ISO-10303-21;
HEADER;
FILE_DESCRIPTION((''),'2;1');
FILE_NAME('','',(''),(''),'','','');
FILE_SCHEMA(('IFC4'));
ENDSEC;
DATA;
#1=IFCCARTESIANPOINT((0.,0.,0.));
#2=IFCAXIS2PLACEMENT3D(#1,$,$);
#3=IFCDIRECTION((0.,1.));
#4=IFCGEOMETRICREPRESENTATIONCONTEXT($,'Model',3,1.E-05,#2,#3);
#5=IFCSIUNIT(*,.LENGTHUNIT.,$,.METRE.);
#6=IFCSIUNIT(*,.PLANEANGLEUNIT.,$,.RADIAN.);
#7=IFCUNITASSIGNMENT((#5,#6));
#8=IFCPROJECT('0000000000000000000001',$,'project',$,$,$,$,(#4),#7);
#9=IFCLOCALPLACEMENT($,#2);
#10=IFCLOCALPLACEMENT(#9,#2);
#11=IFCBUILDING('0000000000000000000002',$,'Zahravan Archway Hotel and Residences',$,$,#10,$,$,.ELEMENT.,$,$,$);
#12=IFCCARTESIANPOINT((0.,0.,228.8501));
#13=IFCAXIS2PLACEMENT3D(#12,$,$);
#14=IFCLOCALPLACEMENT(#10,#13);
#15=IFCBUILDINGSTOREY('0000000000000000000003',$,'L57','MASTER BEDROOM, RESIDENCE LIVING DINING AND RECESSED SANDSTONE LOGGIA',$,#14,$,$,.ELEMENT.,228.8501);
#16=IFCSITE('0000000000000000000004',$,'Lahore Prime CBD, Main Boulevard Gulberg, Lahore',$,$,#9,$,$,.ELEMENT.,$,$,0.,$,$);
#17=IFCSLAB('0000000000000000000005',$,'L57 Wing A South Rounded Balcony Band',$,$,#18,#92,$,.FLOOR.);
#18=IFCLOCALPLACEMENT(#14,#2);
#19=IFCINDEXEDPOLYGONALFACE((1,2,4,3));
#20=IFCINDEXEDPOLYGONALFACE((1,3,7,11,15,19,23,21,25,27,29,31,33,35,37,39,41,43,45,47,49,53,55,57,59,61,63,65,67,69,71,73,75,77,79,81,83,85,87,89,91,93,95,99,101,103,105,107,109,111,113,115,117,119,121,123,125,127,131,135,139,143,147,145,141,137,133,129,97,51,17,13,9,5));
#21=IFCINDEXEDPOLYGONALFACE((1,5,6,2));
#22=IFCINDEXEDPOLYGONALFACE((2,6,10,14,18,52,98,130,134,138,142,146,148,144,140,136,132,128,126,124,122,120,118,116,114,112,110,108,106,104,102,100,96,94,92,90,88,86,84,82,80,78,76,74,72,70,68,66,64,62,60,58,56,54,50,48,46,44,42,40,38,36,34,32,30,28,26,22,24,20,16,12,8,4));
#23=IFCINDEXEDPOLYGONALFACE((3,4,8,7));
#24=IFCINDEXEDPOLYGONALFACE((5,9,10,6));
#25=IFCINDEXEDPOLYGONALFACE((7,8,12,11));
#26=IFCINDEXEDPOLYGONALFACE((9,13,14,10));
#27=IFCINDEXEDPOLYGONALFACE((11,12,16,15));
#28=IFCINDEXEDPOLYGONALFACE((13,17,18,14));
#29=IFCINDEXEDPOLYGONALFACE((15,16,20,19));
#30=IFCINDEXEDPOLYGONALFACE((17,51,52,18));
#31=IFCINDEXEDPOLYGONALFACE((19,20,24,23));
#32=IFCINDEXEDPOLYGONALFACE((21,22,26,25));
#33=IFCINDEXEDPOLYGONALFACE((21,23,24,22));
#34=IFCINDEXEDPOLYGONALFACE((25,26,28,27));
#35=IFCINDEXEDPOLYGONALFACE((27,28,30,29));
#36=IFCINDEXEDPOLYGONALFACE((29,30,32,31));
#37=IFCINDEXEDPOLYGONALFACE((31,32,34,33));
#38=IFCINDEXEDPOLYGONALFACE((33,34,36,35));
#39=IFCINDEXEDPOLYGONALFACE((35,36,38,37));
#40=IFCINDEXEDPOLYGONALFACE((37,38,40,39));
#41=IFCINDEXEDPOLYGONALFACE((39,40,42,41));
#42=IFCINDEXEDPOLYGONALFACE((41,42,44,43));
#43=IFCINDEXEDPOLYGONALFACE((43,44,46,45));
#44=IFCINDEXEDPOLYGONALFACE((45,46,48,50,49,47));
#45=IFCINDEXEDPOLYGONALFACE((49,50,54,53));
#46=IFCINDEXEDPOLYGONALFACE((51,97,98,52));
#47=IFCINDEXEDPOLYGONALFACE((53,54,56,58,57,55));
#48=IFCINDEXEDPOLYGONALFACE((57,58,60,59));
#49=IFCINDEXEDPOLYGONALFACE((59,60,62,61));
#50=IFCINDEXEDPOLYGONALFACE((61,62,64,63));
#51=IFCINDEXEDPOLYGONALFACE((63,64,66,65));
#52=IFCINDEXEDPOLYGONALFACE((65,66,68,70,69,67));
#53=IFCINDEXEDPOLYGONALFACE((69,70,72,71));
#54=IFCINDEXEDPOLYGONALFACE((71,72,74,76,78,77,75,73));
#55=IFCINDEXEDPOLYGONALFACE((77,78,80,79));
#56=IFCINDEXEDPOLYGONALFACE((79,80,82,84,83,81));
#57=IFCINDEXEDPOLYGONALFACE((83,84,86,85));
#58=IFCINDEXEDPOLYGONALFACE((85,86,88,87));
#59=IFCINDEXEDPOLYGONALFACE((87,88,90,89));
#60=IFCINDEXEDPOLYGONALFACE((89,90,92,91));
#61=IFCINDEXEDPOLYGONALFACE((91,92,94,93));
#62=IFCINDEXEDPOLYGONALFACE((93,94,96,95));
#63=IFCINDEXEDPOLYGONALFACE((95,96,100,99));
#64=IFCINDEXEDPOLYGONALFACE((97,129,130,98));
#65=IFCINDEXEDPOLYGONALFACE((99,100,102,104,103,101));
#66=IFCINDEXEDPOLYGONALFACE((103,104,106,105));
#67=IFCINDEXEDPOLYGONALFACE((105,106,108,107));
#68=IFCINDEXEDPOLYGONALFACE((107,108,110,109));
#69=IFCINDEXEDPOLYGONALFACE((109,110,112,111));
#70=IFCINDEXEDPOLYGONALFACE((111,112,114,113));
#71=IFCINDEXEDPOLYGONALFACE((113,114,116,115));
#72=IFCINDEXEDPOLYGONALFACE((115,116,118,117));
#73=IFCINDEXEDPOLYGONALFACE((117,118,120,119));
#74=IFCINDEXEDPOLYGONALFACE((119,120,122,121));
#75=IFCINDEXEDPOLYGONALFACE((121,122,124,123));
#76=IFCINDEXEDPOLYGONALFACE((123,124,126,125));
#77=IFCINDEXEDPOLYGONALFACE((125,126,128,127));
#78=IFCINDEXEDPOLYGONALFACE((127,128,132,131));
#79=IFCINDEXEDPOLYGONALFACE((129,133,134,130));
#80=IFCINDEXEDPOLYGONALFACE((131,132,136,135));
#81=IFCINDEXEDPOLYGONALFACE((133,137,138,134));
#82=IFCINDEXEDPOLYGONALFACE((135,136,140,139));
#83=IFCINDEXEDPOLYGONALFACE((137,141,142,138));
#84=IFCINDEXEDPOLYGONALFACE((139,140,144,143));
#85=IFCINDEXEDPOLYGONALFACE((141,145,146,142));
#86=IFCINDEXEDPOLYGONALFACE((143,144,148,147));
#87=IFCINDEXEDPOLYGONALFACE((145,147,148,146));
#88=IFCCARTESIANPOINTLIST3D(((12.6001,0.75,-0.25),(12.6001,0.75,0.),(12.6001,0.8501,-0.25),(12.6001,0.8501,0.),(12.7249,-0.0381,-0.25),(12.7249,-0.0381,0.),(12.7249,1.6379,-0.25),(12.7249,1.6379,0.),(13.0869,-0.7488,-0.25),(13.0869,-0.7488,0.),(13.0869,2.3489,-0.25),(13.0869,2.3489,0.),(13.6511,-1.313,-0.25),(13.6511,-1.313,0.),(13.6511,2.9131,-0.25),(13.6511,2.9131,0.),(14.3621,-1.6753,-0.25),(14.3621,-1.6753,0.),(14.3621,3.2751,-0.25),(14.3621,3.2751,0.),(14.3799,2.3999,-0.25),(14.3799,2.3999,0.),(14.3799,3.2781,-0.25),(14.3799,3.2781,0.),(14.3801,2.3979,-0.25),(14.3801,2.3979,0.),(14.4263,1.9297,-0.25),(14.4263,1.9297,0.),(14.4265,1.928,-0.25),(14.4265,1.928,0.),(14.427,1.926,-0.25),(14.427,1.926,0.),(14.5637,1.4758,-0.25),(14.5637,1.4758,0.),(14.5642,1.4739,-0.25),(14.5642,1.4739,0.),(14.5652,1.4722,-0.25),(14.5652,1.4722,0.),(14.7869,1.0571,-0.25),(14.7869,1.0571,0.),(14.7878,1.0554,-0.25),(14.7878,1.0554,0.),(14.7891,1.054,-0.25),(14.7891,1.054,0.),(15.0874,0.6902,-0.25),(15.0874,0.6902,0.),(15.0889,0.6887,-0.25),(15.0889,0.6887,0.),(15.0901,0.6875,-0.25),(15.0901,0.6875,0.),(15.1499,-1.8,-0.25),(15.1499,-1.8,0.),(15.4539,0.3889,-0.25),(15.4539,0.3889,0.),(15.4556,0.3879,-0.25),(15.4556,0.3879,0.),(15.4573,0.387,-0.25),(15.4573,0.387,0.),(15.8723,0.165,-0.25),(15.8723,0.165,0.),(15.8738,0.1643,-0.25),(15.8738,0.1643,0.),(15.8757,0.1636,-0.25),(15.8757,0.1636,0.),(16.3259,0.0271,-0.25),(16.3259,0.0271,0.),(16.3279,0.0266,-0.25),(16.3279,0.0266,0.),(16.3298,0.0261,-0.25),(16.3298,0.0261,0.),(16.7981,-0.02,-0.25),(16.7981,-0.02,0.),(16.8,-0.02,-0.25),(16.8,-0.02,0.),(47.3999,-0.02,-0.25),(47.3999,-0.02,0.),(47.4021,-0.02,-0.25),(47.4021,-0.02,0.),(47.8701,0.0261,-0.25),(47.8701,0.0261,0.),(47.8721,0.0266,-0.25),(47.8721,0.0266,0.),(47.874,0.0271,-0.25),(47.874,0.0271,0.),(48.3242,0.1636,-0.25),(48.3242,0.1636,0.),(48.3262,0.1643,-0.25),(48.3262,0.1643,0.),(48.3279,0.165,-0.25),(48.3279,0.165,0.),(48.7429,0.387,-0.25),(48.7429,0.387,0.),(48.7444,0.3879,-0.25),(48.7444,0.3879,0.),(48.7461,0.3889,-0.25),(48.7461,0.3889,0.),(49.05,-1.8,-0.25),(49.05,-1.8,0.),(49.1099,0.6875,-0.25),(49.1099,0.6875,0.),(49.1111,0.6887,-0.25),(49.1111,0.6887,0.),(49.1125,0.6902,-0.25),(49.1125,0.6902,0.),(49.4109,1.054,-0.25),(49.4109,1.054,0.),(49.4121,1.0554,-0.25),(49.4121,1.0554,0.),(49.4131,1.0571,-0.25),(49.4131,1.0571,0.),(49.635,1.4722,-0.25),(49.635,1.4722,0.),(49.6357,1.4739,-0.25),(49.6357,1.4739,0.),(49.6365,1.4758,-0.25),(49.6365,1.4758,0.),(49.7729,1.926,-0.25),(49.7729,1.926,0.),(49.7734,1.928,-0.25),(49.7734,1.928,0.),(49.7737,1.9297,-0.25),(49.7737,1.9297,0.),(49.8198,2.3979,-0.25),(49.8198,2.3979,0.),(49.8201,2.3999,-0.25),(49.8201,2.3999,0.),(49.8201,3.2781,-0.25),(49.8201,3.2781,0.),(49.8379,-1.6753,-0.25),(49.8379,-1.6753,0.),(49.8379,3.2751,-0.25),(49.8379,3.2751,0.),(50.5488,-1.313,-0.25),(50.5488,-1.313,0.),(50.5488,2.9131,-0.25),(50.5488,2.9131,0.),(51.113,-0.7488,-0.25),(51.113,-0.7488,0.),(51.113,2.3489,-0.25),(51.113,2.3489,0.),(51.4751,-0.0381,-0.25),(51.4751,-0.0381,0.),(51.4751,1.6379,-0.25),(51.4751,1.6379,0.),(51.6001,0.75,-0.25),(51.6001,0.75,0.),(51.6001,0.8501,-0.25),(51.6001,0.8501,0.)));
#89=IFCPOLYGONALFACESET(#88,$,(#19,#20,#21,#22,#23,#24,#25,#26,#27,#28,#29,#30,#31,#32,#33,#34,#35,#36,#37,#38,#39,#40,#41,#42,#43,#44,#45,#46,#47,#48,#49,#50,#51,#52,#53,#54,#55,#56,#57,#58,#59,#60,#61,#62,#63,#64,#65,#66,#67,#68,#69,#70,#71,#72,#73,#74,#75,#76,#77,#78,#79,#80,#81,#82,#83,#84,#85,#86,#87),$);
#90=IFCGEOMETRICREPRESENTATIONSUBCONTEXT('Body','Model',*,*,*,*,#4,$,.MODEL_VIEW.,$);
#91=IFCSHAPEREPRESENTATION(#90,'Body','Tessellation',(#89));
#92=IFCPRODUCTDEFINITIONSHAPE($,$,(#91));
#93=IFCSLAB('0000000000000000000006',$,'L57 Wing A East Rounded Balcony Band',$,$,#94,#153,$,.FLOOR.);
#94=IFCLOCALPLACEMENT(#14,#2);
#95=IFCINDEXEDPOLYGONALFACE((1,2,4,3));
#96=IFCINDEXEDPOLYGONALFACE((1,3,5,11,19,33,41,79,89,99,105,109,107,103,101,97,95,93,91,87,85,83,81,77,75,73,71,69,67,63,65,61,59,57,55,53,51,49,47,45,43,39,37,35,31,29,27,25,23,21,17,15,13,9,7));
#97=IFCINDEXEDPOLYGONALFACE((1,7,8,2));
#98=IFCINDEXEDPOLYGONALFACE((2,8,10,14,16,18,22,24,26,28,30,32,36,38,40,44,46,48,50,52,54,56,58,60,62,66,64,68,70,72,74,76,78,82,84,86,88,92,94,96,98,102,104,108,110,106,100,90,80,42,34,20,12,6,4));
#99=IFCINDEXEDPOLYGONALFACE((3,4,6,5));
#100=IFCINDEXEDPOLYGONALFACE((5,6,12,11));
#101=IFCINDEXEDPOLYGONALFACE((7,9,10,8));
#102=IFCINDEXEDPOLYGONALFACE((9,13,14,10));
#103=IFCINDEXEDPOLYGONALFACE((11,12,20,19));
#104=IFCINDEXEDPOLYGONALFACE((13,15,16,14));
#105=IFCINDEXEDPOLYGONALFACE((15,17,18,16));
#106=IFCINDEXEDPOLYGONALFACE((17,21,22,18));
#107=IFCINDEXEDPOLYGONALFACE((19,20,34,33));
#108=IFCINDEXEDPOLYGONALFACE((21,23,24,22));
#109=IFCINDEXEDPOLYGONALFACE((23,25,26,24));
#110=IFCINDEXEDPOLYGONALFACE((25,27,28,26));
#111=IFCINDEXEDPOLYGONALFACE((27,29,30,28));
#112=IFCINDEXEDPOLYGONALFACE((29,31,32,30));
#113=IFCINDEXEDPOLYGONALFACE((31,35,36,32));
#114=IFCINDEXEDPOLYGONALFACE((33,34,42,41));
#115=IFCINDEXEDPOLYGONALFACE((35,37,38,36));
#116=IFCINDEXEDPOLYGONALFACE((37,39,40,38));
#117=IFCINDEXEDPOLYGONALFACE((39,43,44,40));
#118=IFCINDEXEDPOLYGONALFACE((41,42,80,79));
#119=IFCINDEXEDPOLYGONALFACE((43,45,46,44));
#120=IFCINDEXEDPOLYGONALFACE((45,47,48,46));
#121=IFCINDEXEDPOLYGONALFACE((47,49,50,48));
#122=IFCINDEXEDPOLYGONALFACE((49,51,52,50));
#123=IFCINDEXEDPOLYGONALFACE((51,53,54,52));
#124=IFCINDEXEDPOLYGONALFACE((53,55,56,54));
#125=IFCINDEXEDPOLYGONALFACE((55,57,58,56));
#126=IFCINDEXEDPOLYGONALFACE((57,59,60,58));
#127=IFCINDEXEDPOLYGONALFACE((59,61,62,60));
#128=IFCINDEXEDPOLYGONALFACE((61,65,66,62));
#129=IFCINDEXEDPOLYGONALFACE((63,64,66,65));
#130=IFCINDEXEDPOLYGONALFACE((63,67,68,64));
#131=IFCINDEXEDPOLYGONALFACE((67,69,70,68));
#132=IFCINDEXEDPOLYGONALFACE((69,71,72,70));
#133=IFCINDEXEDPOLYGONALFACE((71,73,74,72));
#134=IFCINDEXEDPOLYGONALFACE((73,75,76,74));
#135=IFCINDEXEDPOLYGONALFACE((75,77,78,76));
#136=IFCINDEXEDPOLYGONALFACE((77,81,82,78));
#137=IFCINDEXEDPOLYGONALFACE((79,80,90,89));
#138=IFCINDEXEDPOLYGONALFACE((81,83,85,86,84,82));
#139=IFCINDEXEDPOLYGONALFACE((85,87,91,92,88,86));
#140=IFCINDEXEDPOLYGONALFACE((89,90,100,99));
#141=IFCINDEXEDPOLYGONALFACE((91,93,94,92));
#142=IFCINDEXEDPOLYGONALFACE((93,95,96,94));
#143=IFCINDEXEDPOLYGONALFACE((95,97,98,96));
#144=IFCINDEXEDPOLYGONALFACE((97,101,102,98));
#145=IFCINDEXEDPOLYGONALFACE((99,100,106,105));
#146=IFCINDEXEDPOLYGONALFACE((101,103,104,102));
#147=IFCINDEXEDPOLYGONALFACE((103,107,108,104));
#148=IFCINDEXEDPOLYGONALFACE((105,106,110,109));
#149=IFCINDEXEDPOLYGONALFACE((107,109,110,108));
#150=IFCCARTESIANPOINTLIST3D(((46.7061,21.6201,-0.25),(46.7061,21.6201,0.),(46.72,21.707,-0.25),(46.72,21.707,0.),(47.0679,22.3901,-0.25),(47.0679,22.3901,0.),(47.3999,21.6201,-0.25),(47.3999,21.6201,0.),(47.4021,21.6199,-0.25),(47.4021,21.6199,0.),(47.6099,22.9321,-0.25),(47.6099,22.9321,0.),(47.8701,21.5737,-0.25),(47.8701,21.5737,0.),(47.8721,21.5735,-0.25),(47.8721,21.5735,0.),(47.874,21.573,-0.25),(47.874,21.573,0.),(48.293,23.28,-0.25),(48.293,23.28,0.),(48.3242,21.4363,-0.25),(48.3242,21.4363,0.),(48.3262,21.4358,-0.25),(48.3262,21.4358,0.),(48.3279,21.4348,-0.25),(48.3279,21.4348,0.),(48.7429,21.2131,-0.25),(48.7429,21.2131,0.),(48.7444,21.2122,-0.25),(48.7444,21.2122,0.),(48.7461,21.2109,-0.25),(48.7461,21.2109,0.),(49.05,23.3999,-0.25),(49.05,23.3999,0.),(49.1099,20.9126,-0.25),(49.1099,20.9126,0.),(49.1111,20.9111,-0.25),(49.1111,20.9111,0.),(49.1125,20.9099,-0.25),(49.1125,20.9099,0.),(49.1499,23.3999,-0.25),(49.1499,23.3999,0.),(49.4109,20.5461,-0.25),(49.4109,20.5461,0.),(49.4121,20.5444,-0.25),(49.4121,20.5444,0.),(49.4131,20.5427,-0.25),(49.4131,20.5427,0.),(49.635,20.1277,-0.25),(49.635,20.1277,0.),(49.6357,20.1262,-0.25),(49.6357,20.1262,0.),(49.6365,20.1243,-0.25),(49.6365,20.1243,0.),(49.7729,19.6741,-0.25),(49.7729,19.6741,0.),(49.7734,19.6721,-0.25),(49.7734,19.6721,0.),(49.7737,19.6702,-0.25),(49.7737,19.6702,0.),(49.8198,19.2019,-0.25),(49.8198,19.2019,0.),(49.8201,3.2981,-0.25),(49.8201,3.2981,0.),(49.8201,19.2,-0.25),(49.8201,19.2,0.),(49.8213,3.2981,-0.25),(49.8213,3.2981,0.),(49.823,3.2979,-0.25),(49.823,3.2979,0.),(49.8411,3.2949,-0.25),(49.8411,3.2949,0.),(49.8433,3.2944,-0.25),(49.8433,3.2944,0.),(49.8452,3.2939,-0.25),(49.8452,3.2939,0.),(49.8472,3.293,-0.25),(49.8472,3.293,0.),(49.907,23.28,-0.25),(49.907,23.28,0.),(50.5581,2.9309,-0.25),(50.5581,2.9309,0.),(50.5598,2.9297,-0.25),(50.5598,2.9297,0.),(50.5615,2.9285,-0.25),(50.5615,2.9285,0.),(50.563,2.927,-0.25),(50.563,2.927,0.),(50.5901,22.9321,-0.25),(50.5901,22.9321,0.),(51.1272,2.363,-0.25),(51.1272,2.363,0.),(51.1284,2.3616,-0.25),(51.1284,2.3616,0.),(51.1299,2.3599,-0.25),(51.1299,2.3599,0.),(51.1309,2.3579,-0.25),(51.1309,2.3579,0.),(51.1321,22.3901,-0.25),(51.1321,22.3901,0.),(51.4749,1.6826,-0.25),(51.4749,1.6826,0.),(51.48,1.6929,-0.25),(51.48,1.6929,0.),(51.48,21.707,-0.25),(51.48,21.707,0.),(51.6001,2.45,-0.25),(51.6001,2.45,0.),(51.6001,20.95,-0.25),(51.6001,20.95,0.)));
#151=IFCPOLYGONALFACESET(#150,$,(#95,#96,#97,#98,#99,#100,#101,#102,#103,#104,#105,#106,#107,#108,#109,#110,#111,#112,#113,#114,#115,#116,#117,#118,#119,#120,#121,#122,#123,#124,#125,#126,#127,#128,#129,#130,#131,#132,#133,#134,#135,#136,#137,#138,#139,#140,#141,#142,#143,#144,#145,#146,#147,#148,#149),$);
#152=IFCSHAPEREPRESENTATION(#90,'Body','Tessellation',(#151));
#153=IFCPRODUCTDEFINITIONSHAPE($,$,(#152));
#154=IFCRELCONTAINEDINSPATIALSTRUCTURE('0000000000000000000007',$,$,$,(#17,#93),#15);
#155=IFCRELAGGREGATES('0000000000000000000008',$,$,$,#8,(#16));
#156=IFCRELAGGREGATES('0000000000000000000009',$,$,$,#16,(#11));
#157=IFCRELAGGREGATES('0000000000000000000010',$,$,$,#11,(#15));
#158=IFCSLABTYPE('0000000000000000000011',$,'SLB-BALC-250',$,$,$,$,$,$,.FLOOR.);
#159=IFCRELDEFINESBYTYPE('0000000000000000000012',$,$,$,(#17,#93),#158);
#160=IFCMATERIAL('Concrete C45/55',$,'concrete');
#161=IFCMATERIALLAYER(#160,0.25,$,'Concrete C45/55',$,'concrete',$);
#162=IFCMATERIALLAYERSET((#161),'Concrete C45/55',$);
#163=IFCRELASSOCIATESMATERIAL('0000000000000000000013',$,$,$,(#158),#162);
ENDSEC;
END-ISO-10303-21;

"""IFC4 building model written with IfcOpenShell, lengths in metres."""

from ifc_helpers import new_model, si_unit, direction, frame, origin, place, context, subcontext, project, spatial, polyline, outline, extrude, material, layer, layer_set, type_object, element, save


model = new_model("IFC4")

# Units and contexts
model_context = context("Model", 3, precision=1e-05, world=origin(), true_north=direction((0.0, 1.0)))
body_context = subcontext(model_context, "Body", "Model", "MODEL_VIEW")
ifc_project = project(units=[si_unit("LENGTHUNIT", "METRE"), si_unit("PLANEANGLEUNIT", "RADIAN")], contexts=[model_context])

# Site, building, storey
site_placement = place(None, origin())
site = spatial("IfcSite", under=ifc_project, at=site_placement, Name="Lahore Prime CBD, Main Boulevard Gulberg, Lahore", CompositionType="ELEMENT", RefElevation=0.0)
building_placement = place(site_placement, origin())
building = spatial("IfcBuilding", under=site, at=building_placement, Name="Zahravan Archway Hotel and Residences", CompositionType="ELEMENT")
storey_placement = place(building_placement, frame((0.0, 0.0, 228.8501)))
storey = spatial("IfcBuildingStorey", under=building, at=storey_placement, Name="L57", Description="MASTER BEDROOM, RESIDENCE LIVING DINING AND RECESSED SANDSTONE LOGGIA", CompositionType="ELEMENT", Elevation=228.8501)

# Slabs
ifc_material_1 = material(Name="Concrete C45/55", Category="concrete")
ifc_layer_1 = layer(ifc_material_1, 0.25, Name="Concrete C45/55", Category="concrete")
ifc_layer_set_1 = layer_set([ifc_layer_1], Name="Concrete C45/55")
slab_type_1 = type_object("IfcSlabType", Name="SLB-BALC-250", PredefinedType="FLOOR", material=ifc_layer_set_1)
slab_1_placement = place(storey_placement, frame((0.0, 0.0, -0.25)))
element("IfcSlab", 1, at=slab_1_placement, inside=storey, type_object=slab_type_1, Name="L57 Wing A South Rounded Balcony Band", PredefinedType="FLOOR", context=body_context, shape_type="SweptSolid", body=[
    extrude(outline(polyline([(49.8379, 3.2751), (50.5488, 2.9131), (51.113, 2.3489), (51.4751, 1.6379), (51.6001, 0.8501), (51.6001, 0.75), (51.4751, -0.0381), (51.113, -0.7488), (50.5488, -1.313), (49.8379, -1.6753), (49.05, -1.8), (15.1499, -1.8), (14.3621, -1.6753), (13.6511, -1.313), (13.0869, -0.7488), (12.7249, -0.0381), (12.6001, 0.75), (12.6001, 0.8501), (12.7249, 1.6379), (13.0869, 2.3489), (13.6511, 2.9131), (14.3621, 3.2751), (14.3799, 3.2781), (14.3799, 2.3999), (14.3801, 2.3979), (14.4263, 1.9297), (14.4265, 1.928), (14.427, 1.926), (14.5637, 1.4758), (14.5642, 1.4739), (14.5652, 1.4722), (14.7869, 1.0571), (14.7878, 1.0554), (14.7891, 1.054), (15.0874, 0.6902), (15.0889, 0.6887), (15.0901, 0.6875), (15.4539, 0.3889), (15.4556, 0.3879), (15.4573, 0.387), (15.8723, 0.165), (15.8738, 0.1643), (15.8757, 0.1636), (16.3259, 0.0271), (16.3279, 0.0266), (16.3298, 0.0261), (16.7981, -0.02), (16.8, -0.02), (47.3999, -0.02), (47.4021, -0.02), (47.8701, 0.0261), (47.8721, 0.0266), (47.874, 0.0271), (48.3242, 0.1636), (48.3262, 0.1643), (48.3279, 0.165), (48.7429, 0.387), (48.7444, 0.3879), (48.7461, 0.3889), (49.1099, 0.6875), (49.1111, 0.6887), (49.1125, 0.6902), (49.4109, 1.054), (49.4121, 1.0554), (49.4131, 1.0571), (49.635, 1.4722), (49.6357, 1.4739), (49.6365, 1.4758), (49.7729, 1.926), (49.7734, 1.928), (49.7737, 1.9297), (49.8198, 2.3979), (49.8201, 2.3999), (49.8201, 3.2781), (49.8379, 3.2751)])), origin(), (0.0, 0.0, 1.0), 0.25),
])
slab_2_placement = place(storey_placement, frame((0.0, 0.0, -0.25)))
element("IfcSlab", 2, at=slab_2_placement, inside=storey, type_object=slab_type_1, Name="L57 Wing A East Rounded Balcony Band", PredefinedType="FLOOR", context=body_context, shape_type="SweptSolid", body=[
    extrude(outline(polyline([(46.72, 21.707), (47.0679, 22.3901), (47.6099, 22.9321), (48.293, 23.28), (49.05, 23.3999), (49.1499, 23.3999), (49.907, 23.28), (50.5901, 22.9321), (51.1321, 22.3901), (51.48, 21.707), (51.6001, 20.95), (51.6001, 2.45), (51.48, 1.6929), (51.4749, 1.6826), (51.1309, 2.3579), (51.1299, 2.3599), (51.1284, 2.3616), (51.1272, 2.363), (50.563, 2.927), (50.5615, 2.9285), (50.5598, 2.9297), (50.5581, 2.9309), (49.8472, 3.293), (49.8452, 3.2939), (49.8433, 3.2944), (49.8411, 3.2949), (49.823, 3.2979), (49.8213, 3.2981), (49.8201, 3.2981), (49.8201, 19.2), (49.8198, 19.2019), (49.7737, 19.6702), (49.7734, 19.6721), (49.7729, 19.6741), (49.6365, 20.1243), (49.6357, 20.1262), (49.635, 20.1277), (49.4131, 20.5427), (49.4121, 20.5444), (49.4109, 20.5461), (49.1125, 20.9099), (49.1111, 20.9111), (49.1099, 20.9126), (48.7461, 21.2109), (48.7444, 21.2122), (48.7429, 21.2131), (48.3279, 21.4348), (48.3262, 21.4358), (48.3242, 21.4363), (47.874, 21.573), (47.8721, 21.5735), (47.8701, 21.5737), (47.4021, 21.6199), (47.3999, 21.6201), (46.7061, 21.6201), (46.72, 21.707)])), origin(), (0.0, 0.0, 1.0), 0.25),
])

save(model, "model.ifc")
